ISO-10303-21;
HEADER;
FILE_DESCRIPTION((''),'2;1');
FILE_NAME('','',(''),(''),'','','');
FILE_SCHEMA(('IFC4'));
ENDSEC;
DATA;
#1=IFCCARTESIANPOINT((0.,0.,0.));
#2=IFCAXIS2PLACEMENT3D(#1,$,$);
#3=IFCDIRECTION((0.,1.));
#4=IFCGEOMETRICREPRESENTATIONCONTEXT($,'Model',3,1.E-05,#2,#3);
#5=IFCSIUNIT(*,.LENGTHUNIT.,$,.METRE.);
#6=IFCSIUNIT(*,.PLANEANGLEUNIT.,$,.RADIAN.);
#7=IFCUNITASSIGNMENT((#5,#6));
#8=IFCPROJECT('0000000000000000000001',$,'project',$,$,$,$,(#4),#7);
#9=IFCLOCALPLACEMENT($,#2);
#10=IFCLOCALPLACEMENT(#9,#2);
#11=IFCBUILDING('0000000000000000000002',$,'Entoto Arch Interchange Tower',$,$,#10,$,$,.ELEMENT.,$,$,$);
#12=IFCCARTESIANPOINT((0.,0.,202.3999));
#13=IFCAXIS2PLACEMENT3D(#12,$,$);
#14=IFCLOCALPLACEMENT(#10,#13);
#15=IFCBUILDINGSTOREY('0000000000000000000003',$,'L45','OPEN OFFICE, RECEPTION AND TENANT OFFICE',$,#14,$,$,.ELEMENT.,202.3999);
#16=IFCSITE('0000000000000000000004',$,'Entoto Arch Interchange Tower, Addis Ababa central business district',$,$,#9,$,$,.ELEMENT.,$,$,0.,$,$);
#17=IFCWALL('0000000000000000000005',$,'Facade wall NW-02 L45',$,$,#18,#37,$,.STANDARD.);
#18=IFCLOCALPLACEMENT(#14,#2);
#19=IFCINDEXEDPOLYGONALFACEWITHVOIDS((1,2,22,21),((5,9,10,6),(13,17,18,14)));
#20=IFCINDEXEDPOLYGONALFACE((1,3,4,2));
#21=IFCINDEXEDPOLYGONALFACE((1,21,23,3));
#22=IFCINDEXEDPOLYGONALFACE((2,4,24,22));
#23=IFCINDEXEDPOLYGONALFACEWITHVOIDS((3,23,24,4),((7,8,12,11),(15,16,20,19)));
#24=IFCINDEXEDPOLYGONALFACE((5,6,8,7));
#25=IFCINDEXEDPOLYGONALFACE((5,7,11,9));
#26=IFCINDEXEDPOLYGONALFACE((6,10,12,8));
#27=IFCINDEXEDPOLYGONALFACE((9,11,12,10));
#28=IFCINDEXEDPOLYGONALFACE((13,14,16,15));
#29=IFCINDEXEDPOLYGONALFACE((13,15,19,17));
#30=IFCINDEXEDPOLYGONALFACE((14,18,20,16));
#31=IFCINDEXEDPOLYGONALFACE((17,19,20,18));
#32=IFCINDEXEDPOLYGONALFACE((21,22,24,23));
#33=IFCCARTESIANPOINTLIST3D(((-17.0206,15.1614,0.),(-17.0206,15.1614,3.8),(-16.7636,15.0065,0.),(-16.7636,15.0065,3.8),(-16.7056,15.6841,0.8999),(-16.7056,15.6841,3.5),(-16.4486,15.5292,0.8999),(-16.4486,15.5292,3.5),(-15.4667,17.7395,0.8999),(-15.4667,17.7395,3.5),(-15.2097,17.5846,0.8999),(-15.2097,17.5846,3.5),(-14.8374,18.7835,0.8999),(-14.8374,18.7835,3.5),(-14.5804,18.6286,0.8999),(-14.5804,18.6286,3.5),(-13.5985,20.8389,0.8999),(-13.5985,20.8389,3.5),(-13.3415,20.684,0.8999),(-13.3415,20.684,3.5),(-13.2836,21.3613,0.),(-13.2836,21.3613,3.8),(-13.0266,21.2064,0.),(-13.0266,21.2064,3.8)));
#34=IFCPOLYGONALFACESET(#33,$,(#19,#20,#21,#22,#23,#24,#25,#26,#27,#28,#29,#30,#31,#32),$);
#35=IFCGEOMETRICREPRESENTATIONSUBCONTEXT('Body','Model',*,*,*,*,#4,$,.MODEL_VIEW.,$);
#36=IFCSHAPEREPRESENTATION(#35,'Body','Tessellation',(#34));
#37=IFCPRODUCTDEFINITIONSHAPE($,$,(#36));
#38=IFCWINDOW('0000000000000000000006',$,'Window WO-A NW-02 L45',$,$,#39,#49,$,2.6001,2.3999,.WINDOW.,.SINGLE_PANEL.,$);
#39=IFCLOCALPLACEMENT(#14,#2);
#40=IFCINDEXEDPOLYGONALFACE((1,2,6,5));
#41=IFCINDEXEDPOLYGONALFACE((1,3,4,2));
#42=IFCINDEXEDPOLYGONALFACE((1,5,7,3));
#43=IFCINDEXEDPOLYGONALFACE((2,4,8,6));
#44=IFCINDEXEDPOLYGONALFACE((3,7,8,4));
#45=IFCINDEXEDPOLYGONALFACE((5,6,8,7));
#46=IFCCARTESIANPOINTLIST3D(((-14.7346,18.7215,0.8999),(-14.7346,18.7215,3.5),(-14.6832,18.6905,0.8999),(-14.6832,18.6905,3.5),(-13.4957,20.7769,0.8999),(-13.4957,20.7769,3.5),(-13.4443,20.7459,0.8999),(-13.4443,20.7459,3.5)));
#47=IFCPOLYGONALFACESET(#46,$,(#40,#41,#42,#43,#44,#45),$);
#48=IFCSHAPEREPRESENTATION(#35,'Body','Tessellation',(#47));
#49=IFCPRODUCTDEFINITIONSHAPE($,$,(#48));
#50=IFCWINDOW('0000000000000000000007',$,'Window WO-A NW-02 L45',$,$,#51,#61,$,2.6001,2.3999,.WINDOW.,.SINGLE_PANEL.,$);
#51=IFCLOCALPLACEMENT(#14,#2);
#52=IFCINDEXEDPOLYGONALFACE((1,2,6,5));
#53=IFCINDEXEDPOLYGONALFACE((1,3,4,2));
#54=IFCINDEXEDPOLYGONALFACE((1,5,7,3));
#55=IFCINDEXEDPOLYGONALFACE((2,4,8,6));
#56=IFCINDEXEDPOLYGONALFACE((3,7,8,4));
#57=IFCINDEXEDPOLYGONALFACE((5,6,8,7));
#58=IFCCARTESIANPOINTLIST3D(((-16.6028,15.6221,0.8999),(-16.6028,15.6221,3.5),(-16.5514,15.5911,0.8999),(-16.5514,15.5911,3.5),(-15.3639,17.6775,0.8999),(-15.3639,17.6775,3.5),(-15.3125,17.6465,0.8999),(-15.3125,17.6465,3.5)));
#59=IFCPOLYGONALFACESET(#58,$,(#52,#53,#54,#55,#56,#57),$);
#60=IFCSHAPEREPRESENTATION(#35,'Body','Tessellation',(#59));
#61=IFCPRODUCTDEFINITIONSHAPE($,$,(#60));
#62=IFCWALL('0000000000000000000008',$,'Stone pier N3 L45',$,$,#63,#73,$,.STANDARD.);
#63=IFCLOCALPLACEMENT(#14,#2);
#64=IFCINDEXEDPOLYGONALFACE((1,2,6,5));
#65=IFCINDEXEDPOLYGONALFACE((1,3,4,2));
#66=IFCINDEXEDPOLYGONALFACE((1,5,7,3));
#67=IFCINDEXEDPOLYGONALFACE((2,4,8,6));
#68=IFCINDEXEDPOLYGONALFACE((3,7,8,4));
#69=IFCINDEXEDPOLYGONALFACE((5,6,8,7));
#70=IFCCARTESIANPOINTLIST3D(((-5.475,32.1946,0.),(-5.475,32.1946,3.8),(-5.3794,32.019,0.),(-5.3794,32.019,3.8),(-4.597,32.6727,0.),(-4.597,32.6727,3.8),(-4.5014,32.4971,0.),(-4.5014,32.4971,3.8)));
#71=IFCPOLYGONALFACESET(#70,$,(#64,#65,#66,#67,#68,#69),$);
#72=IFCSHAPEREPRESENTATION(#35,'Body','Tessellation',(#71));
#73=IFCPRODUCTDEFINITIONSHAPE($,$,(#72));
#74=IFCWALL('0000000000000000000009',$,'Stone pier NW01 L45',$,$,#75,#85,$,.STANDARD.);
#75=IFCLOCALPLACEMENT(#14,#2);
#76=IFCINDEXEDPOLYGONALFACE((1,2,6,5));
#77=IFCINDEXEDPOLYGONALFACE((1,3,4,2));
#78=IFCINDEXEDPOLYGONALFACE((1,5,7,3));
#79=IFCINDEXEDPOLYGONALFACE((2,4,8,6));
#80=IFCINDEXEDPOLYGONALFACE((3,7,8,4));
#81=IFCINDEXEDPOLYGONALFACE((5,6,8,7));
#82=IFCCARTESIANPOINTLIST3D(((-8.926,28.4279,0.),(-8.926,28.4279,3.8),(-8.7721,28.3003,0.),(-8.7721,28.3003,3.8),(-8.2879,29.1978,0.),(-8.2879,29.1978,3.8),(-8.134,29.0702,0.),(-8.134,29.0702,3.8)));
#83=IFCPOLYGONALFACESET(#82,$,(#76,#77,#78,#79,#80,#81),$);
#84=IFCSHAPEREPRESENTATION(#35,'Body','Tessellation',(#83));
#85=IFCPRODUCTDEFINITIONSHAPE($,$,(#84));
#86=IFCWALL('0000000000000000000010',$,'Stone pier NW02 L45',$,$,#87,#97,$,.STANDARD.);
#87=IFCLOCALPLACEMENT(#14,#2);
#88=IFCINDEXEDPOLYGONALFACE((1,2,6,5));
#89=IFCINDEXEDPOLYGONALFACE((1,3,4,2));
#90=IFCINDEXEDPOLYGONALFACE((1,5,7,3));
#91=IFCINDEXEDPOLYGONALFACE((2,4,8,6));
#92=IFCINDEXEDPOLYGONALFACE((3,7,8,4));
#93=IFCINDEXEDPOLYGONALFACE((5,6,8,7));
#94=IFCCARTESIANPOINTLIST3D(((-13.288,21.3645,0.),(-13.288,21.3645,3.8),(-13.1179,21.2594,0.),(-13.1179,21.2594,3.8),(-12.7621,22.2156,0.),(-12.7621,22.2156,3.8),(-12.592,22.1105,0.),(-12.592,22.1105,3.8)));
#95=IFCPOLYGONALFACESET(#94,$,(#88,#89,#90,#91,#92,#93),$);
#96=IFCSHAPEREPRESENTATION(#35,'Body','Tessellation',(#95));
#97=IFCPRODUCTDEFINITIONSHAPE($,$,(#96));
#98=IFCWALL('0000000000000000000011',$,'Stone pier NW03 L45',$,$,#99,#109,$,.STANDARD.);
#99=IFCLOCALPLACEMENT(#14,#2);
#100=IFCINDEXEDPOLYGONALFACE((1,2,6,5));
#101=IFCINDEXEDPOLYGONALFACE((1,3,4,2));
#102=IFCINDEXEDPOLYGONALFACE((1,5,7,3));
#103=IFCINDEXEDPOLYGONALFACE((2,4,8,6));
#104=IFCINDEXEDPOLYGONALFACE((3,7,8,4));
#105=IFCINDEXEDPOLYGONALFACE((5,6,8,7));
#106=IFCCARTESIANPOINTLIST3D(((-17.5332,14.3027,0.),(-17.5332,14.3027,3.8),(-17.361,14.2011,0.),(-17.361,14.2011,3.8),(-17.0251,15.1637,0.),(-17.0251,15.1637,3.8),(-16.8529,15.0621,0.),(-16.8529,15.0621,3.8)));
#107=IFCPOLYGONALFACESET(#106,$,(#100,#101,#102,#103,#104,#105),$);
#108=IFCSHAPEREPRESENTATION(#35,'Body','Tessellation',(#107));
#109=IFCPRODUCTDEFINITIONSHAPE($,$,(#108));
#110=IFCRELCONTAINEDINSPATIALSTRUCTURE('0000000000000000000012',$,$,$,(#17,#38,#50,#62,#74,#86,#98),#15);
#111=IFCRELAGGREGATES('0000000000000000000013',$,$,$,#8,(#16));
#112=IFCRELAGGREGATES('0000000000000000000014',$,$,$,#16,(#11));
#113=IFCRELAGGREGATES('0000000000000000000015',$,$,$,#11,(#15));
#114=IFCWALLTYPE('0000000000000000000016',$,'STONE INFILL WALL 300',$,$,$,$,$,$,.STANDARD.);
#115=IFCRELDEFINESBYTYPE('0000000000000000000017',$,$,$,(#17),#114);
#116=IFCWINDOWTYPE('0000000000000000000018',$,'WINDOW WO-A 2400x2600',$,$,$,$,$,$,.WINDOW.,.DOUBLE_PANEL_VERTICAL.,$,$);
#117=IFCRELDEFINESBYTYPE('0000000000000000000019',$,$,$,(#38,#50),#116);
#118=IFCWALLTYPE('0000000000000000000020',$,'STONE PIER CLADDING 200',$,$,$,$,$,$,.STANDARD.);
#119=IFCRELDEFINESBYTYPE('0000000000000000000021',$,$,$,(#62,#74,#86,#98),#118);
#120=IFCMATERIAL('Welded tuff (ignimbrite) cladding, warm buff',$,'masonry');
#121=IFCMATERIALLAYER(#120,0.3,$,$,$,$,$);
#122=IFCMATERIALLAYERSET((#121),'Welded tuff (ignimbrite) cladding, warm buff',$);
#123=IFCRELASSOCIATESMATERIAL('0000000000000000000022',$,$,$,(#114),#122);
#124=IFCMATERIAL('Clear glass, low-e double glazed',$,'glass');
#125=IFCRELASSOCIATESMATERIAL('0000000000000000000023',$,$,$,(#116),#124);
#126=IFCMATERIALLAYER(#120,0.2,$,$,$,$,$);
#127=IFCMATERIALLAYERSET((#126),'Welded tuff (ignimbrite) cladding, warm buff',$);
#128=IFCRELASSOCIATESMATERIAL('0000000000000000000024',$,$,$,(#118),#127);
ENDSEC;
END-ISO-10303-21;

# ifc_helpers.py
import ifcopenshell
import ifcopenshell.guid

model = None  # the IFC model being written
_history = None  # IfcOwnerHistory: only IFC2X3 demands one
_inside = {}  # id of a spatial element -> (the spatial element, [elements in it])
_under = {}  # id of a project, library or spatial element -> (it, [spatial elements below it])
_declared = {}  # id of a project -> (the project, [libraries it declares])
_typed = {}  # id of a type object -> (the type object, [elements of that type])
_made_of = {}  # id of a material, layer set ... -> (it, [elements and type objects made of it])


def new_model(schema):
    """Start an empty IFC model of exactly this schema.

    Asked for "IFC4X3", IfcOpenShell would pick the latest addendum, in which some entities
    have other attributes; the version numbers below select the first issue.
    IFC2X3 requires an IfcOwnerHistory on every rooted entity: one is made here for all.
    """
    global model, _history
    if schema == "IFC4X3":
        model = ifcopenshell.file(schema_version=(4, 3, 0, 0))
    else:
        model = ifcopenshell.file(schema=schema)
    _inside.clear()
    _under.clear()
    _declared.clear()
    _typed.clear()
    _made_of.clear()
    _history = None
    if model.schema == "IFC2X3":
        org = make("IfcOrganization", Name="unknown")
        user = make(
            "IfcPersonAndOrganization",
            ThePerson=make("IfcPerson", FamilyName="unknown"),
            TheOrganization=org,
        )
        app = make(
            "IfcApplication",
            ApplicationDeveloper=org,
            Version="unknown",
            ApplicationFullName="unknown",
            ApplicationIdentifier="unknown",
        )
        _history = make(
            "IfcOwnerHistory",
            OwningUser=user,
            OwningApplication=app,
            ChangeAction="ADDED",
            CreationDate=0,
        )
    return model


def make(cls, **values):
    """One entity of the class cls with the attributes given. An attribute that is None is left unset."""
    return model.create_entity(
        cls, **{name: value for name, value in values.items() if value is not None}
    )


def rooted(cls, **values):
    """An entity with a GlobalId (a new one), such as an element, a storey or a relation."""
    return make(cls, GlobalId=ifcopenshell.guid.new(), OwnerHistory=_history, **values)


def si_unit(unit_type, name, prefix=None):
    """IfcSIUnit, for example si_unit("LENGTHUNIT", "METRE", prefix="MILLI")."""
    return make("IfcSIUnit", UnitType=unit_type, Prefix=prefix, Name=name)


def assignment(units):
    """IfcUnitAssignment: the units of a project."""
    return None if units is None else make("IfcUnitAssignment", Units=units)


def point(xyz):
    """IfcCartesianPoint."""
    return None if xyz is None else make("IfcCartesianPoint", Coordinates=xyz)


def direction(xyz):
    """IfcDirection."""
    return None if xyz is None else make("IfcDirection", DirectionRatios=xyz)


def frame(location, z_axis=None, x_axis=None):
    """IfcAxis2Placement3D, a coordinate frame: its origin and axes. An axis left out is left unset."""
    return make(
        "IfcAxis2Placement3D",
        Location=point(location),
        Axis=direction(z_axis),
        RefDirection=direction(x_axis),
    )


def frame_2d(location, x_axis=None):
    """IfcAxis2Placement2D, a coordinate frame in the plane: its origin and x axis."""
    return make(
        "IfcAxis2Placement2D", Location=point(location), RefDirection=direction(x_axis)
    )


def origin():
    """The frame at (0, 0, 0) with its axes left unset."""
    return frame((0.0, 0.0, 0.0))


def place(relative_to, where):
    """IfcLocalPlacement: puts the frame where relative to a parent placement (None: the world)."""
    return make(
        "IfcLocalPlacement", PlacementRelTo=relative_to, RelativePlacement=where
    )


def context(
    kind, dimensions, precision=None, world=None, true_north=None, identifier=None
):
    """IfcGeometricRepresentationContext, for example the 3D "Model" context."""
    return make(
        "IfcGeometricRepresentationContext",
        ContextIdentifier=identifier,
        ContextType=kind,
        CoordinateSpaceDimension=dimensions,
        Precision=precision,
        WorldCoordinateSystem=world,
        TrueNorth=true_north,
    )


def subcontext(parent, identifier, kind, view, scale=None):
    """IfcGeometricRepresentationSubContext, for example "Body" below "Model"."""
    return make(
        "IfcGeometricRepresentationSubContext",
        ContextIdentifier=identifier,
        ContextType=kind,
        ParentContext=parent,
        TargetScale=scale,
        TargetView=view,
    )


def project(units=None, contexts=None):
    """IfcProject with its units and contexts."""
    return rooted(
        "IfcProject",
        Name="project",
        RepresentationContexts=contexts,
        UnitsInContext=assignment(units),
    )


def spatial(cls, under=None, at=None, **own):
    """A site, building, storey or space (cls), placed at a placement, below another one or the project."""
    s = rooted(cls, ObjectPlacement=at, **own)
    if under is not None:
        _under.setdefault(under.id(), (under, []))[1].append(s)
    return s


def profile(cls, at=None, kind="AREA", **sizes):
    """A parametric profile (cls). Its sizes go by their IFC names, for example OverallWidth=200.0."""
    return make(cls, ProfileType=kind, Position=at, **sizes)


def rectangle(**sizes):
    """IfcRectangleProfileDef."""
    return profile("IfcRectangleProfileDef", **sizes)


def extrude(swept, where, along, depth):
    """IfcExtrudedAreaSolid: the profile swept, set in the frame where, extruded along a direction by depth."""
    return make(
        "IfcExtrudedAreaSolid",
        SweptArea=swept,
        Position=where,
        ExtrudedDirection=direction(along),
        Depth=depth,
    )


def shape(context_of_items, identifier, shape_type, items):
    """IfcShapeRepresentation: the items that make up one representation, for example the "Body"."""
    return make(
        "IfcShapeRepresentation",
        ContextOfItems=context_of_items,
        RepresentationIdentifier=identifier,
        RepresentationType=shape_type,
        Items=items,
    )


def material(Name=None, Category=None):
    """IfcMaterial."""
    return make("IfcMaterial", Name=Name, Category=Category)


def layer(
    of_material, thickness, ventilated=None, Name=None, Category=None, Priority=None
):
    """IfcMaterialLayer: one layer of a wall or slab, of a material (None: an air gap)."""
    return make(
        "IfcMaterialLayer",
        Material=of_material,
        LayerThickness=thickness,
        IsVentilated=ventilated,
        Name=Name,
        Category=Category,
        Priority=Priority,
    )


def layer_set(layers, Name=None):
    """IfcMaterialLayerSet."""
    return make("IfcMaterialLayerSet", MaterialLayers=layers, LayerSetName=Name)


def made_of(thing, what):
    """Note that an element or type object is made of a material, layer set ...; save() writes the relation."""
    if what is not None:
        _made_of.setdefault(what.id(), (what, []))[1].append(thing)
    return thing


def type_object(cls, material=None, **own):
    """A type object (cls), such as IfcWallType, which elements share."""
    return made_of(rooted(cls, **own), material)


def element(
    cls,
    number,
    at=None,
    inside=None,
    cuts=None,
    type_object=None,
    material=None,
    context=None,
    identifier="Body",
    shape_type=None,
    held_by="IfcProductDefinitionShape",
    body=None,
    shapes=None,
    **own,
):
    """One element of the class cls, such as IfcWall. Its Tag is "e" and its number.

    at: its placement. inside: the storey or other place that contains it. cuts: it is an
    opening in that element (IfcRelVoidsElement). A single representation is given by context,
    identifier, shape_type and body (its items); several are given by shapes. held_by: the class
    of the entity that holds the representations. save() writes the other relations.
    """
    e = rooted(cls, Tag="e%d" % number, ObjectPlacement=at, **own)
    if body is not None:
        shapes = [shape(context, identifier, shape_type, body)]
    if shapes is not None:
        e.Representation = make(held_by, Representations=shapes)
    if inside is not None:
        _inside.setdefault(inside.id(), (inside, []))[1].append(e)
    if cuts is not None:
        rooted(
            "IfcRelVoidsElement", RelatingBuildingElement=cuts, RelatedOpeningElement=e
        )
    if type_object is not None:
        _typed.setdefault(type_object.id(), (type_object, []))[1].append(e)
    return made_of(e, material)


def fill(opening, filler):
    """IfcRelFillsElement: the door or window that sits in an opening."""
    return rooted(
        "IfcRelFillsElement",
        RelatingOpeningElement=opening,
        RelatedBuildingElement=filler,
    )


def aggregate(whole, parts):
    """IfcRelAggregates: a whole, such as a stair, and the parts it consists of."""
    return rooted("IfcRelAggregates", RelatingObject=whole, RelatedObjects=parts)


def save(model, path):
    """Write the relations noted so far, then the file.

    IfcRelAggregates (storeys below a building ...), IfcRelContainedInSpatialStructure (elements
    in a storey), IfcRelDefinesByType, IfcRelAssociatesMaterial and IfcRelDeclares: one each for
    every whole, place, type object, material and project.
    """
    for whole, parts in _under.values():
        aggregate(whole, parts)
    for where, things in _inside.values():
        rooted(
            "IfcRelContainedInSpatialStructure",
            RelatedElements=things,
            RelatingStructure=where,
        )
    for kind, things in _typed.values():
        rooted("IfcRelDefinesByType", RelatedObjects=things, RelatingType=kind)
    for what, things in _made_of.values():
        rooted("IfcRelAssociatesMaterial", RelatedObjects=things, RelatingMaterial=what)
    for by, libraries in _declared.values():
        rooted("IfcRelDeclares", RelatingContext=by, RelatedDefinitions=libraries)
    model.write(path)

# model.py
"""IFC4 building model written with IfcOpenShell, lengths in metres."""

from ifc_helpers import new_model, si_unit, direction, frame, frame_2d, origin, place, context, subcontext, project, spatial, rectangle, extrude, material, layer, layer_set, type_object, element, fill, save


model = new_model("IFC4")

# Units and contexts
model_context = context("Model", 3, precision=1e-05, world=origin(), true_north=direction((0.0, 1.0)))
body_context = subcontext(model_context, "Body", "Model", "MODEL_VIEW")
ifc_project = project(units=[si_unit("LENGTHUNIT", "METRE"), si_unit("PLANEANGLEUNIT", "RADIAN")], contexts=[model_context])

# Site, building, storey
site_placement = place(None, origin())
site = spatial("IfcSite", under=ifc_project, at=site_placement, Name="Entoto Arch Interchange Tower, Addis Ababa central business district", CompositionType="ELEMENT", RefElevation=0.0)
building_placement = place(site_placement, origin())
building = spatial("IfcBuilding", under=site, at=building_placement, Name="Entoto Arch Interchange Tower", CompositionType="ELEMENT")
storey_placement = place(building_placement, frame((0.0, 0.0, 202.3999)))
storey = spatial("IfcBuildingStorey", under=building, at=storey_placement, Name="L45", Description="OPEN OFFICE, RECEPTION AND TENANT OFFICE", CompositionType="ELEMENT", Elevation=202.3999)

# Shared definitions
ifc_material_1 = material(Name="Welded tuff (ignimbrite) cladding, warm buff", Category="masonry")
ifc_layer_1 = layer(ifc_material_1, 0.3)
ifc_layer_set_1 = layer_set([ifc_layer_1], Name="Welded tuff (ignimbrite) cladding, warm buff")
wall_type_1 = type_object("IfcWallType", Name="STONE INFILL WALL 300", PredefinedType="STANDARD", material=ifc_layer_set_1)
ifc_material_2 = material(Name="Clear glass, low-e double glazed", Category="glass")

# Wall, openings, windows
window_type_1 = type_object("IfcWindowType", Name="WINDOW WO-A 2400x2600", PartitioningType="DOUBLE_PANEL_VERTICAL", PredefinedType="WINDOW", material=ifc_material_2)
wall_1_placement = place(storey_placement, frame((-13.155, 21.2839, 0.0), z_axis=(0.0, 0.0, 1.0), x_axis=(-0.516231, -0.85645, 0.0)))
wall_1 = element("IfcWall", 1, at=wall_1_placement, inside=storey, type_object=wall_type_1, Name="Facade wall NW-02 L45", PredefinedType="STANDARD", context=body_context, shape_type="SweptSolid", body=[
    extrude(rectangle(XDim=7.239, YDim=0.3, at=frame_2d((3.6196, 0.0))), origin(), (0.0, 0.0, 1.0), 3.8),
])
opening_1_placement = place(wall_1_placement, frame((0.6101, 0.0, 0.8999)))
opening_1 = element("IfcOpeningElement", 2, at=opening_1_placement, cuts=wall_1, PredefinedType="OPENING", context=body_context, shape_type="SweptSolid", body=[
    extrude(rectangle(XDim=2.3999, YDim=2.6001, at=frame_2d((1.2, 1.3))), frame((0.0, 0.1602, 0.0), z_axis=(0.0, -1.0, 0.0), x_axis=(1.0, 0.0, 0.0)), (0.0, 0.0, 1.0), 0.3201),
])
opening_2_placement = place(wall_1_placement, frame((4.229, 0.0, 0.8999)))
opening_2 = element("IfcOpeningElement", 3, at=opening_2_placement, cuts=wall_1, PredefinedType="OPENING", context=body_context, shape_type="SweptSolid", body=[
    extrude(rectangle(XDim=2.3999, YDim=2.6001, at=frame_2d((1.2, 1.3))), frame((0.0, 0.1602, 0.0), z_axis=(0.0, -1.0, 0.0), x_axis=(1.0, 0.0, 0.0)), (0.0, 0.0, 1.0), 0.3201),
])
window_1_placement = place(opening_1_placement, origin())
window_1 = element("IfcWindow", 4, at=window_1_placement, inside=storey, type_object=window_type_1, Name="Window WO-A NW-02 L45", OverallHeight=2.6001, OverallWidth=2.3999, PartitioningType="SINGLE_PANEL", PredefinedType="WINDOW", context=body_context, shape_type="SweptSolid", body=[
    extrude(rectangle(XDim=2.3999, YDim=2.6001, at=frame_2d((1.2, 1.3))), frame((0.0, 0.03, 0.0), z_axis=(0.0, -1.0, 0.0), x_axis=(1.0, 0.0, 0.0)), (0.0, 0.0, 1.0), 0.0601),
])
fill(opening_1, window_1)
window_2_placement = place(opening_2_placement, origin())
window_2 = element("IfcWindow", 5, at=window_2_placement, inside=storey, type_object=window_type_1, Name="Window WO-A NW-02 L45", OverallHeight=2.6001, OverallWidth=2.3999, PartitioningType="SINGLE_PANEL", PredefinedType="WINDOW", context=body_context, shape_type="SweptSolid", body=[
    extrude(rectangle(XDim=2.3999, YDim=2.6001, at=frame_2d((1.2, 1.3))), frame((0.0, 0.03, 0.0), z_axis=(0.0, -1.0, 0.0), x_axis=(1.0, 0.0, 0.0)), (0.0, 0.0, 1.0), 0.0601),
])
fill(opening_2, window_2)

# Walls
ifc_layer_2 = layer(ifc_material_1, 0.2)
ifc_layer_set_2 = layer_set([ifc_layer_2], Name="Welded tuff (ignimbrite) cladding, warm buff")
wall_type_2 = type_object("IfcWallType", Name="STONE PIER CLADDING 200", PredefinedType="STANDARD", material=ifc_layer_set_2)
wall_2_placement = place(storey_placement, frame((-4.5491, 32.585, 0.0), z_axis=(0.0, 0.0, 1.0), x_axis=(-0.87825, -0.478202, 0.0)))
element("IfcWall", 6, at=wall_2_placement, inside=storey, type_object=wall_type_2, Name="Stone pier N3 L45", PredefinedType="STANDARD", context=body_context, shape_type="SweptSolid", body=[
    extrude(rectangle(XDim=0.9998, YDim=0.2, at=frame_2d((0.5, 0.0))), origin(), (0.0, 0.0, 1.0), 3.8),
])
wall_3_placement = place(storey_placement, frame((-8.2109, 29.134, 0.0), z_axis=(0.0, 0.0, 1.0), x_axis=(-0.638117, -0.769939, 0.0)))
element("IfcWall", 7, at=wall_3_placement, inside=storey, type_object=wall_type_2, Name="Stone pier NW01 L45", PredefinedType="STANDARD", context=body_context, shape_type="SweptSolid", body=[
    extrude(rectangle(XDim=1.0, YDim=0.2, at=frame_2d((0.5, 0.0))), origin(), (0.0, 0.0, 1.0), 3.8),
])
wall_4_placement = place(storey_placement, frame((-12.677, 22.1631, 0.0), z_axis=(0.0, 0.0, 1.0), x_axis=(-0.525649, -0.850702, 0.0)))
element("IfcWall", 8, at=wall_4_placement, inside=storey, type_object=wall_type_2, Name="Stone pier NW02 L45", PredefinedType="STANDARD", context=body_context, shape_type="SweptSolid", body=[
    extrude(rectangle(XDim=1.0005, YDim=0.2, at=frame_2d((0.5002, 0.0))), origin(), (0.0, 0.0, 1.0), 3.8),
])
wall_5_placement = place(storey_placement, frame((-16.939, 15.113, 0.0), z_axis=(0.0, 0.0, 1.0), x_axis=(-0.508162, -0.861262, 0.0)))
element("IfcWall", 9, at=wall_5_placement, inside=storey, type_object=wall_type_2, Name="Stone pier NW03 L45", PredefinedType="STANDARD", context=body_context, shape_type="SweptSolid", body=[
    extrude(rectangle(XDim=0.9998, YDim=0.2, at=frame_2d((0.5, 0.0))), origin(), (0.0, 0.0, 1.0), 3.8),
])

save(model, "model.ifc")
